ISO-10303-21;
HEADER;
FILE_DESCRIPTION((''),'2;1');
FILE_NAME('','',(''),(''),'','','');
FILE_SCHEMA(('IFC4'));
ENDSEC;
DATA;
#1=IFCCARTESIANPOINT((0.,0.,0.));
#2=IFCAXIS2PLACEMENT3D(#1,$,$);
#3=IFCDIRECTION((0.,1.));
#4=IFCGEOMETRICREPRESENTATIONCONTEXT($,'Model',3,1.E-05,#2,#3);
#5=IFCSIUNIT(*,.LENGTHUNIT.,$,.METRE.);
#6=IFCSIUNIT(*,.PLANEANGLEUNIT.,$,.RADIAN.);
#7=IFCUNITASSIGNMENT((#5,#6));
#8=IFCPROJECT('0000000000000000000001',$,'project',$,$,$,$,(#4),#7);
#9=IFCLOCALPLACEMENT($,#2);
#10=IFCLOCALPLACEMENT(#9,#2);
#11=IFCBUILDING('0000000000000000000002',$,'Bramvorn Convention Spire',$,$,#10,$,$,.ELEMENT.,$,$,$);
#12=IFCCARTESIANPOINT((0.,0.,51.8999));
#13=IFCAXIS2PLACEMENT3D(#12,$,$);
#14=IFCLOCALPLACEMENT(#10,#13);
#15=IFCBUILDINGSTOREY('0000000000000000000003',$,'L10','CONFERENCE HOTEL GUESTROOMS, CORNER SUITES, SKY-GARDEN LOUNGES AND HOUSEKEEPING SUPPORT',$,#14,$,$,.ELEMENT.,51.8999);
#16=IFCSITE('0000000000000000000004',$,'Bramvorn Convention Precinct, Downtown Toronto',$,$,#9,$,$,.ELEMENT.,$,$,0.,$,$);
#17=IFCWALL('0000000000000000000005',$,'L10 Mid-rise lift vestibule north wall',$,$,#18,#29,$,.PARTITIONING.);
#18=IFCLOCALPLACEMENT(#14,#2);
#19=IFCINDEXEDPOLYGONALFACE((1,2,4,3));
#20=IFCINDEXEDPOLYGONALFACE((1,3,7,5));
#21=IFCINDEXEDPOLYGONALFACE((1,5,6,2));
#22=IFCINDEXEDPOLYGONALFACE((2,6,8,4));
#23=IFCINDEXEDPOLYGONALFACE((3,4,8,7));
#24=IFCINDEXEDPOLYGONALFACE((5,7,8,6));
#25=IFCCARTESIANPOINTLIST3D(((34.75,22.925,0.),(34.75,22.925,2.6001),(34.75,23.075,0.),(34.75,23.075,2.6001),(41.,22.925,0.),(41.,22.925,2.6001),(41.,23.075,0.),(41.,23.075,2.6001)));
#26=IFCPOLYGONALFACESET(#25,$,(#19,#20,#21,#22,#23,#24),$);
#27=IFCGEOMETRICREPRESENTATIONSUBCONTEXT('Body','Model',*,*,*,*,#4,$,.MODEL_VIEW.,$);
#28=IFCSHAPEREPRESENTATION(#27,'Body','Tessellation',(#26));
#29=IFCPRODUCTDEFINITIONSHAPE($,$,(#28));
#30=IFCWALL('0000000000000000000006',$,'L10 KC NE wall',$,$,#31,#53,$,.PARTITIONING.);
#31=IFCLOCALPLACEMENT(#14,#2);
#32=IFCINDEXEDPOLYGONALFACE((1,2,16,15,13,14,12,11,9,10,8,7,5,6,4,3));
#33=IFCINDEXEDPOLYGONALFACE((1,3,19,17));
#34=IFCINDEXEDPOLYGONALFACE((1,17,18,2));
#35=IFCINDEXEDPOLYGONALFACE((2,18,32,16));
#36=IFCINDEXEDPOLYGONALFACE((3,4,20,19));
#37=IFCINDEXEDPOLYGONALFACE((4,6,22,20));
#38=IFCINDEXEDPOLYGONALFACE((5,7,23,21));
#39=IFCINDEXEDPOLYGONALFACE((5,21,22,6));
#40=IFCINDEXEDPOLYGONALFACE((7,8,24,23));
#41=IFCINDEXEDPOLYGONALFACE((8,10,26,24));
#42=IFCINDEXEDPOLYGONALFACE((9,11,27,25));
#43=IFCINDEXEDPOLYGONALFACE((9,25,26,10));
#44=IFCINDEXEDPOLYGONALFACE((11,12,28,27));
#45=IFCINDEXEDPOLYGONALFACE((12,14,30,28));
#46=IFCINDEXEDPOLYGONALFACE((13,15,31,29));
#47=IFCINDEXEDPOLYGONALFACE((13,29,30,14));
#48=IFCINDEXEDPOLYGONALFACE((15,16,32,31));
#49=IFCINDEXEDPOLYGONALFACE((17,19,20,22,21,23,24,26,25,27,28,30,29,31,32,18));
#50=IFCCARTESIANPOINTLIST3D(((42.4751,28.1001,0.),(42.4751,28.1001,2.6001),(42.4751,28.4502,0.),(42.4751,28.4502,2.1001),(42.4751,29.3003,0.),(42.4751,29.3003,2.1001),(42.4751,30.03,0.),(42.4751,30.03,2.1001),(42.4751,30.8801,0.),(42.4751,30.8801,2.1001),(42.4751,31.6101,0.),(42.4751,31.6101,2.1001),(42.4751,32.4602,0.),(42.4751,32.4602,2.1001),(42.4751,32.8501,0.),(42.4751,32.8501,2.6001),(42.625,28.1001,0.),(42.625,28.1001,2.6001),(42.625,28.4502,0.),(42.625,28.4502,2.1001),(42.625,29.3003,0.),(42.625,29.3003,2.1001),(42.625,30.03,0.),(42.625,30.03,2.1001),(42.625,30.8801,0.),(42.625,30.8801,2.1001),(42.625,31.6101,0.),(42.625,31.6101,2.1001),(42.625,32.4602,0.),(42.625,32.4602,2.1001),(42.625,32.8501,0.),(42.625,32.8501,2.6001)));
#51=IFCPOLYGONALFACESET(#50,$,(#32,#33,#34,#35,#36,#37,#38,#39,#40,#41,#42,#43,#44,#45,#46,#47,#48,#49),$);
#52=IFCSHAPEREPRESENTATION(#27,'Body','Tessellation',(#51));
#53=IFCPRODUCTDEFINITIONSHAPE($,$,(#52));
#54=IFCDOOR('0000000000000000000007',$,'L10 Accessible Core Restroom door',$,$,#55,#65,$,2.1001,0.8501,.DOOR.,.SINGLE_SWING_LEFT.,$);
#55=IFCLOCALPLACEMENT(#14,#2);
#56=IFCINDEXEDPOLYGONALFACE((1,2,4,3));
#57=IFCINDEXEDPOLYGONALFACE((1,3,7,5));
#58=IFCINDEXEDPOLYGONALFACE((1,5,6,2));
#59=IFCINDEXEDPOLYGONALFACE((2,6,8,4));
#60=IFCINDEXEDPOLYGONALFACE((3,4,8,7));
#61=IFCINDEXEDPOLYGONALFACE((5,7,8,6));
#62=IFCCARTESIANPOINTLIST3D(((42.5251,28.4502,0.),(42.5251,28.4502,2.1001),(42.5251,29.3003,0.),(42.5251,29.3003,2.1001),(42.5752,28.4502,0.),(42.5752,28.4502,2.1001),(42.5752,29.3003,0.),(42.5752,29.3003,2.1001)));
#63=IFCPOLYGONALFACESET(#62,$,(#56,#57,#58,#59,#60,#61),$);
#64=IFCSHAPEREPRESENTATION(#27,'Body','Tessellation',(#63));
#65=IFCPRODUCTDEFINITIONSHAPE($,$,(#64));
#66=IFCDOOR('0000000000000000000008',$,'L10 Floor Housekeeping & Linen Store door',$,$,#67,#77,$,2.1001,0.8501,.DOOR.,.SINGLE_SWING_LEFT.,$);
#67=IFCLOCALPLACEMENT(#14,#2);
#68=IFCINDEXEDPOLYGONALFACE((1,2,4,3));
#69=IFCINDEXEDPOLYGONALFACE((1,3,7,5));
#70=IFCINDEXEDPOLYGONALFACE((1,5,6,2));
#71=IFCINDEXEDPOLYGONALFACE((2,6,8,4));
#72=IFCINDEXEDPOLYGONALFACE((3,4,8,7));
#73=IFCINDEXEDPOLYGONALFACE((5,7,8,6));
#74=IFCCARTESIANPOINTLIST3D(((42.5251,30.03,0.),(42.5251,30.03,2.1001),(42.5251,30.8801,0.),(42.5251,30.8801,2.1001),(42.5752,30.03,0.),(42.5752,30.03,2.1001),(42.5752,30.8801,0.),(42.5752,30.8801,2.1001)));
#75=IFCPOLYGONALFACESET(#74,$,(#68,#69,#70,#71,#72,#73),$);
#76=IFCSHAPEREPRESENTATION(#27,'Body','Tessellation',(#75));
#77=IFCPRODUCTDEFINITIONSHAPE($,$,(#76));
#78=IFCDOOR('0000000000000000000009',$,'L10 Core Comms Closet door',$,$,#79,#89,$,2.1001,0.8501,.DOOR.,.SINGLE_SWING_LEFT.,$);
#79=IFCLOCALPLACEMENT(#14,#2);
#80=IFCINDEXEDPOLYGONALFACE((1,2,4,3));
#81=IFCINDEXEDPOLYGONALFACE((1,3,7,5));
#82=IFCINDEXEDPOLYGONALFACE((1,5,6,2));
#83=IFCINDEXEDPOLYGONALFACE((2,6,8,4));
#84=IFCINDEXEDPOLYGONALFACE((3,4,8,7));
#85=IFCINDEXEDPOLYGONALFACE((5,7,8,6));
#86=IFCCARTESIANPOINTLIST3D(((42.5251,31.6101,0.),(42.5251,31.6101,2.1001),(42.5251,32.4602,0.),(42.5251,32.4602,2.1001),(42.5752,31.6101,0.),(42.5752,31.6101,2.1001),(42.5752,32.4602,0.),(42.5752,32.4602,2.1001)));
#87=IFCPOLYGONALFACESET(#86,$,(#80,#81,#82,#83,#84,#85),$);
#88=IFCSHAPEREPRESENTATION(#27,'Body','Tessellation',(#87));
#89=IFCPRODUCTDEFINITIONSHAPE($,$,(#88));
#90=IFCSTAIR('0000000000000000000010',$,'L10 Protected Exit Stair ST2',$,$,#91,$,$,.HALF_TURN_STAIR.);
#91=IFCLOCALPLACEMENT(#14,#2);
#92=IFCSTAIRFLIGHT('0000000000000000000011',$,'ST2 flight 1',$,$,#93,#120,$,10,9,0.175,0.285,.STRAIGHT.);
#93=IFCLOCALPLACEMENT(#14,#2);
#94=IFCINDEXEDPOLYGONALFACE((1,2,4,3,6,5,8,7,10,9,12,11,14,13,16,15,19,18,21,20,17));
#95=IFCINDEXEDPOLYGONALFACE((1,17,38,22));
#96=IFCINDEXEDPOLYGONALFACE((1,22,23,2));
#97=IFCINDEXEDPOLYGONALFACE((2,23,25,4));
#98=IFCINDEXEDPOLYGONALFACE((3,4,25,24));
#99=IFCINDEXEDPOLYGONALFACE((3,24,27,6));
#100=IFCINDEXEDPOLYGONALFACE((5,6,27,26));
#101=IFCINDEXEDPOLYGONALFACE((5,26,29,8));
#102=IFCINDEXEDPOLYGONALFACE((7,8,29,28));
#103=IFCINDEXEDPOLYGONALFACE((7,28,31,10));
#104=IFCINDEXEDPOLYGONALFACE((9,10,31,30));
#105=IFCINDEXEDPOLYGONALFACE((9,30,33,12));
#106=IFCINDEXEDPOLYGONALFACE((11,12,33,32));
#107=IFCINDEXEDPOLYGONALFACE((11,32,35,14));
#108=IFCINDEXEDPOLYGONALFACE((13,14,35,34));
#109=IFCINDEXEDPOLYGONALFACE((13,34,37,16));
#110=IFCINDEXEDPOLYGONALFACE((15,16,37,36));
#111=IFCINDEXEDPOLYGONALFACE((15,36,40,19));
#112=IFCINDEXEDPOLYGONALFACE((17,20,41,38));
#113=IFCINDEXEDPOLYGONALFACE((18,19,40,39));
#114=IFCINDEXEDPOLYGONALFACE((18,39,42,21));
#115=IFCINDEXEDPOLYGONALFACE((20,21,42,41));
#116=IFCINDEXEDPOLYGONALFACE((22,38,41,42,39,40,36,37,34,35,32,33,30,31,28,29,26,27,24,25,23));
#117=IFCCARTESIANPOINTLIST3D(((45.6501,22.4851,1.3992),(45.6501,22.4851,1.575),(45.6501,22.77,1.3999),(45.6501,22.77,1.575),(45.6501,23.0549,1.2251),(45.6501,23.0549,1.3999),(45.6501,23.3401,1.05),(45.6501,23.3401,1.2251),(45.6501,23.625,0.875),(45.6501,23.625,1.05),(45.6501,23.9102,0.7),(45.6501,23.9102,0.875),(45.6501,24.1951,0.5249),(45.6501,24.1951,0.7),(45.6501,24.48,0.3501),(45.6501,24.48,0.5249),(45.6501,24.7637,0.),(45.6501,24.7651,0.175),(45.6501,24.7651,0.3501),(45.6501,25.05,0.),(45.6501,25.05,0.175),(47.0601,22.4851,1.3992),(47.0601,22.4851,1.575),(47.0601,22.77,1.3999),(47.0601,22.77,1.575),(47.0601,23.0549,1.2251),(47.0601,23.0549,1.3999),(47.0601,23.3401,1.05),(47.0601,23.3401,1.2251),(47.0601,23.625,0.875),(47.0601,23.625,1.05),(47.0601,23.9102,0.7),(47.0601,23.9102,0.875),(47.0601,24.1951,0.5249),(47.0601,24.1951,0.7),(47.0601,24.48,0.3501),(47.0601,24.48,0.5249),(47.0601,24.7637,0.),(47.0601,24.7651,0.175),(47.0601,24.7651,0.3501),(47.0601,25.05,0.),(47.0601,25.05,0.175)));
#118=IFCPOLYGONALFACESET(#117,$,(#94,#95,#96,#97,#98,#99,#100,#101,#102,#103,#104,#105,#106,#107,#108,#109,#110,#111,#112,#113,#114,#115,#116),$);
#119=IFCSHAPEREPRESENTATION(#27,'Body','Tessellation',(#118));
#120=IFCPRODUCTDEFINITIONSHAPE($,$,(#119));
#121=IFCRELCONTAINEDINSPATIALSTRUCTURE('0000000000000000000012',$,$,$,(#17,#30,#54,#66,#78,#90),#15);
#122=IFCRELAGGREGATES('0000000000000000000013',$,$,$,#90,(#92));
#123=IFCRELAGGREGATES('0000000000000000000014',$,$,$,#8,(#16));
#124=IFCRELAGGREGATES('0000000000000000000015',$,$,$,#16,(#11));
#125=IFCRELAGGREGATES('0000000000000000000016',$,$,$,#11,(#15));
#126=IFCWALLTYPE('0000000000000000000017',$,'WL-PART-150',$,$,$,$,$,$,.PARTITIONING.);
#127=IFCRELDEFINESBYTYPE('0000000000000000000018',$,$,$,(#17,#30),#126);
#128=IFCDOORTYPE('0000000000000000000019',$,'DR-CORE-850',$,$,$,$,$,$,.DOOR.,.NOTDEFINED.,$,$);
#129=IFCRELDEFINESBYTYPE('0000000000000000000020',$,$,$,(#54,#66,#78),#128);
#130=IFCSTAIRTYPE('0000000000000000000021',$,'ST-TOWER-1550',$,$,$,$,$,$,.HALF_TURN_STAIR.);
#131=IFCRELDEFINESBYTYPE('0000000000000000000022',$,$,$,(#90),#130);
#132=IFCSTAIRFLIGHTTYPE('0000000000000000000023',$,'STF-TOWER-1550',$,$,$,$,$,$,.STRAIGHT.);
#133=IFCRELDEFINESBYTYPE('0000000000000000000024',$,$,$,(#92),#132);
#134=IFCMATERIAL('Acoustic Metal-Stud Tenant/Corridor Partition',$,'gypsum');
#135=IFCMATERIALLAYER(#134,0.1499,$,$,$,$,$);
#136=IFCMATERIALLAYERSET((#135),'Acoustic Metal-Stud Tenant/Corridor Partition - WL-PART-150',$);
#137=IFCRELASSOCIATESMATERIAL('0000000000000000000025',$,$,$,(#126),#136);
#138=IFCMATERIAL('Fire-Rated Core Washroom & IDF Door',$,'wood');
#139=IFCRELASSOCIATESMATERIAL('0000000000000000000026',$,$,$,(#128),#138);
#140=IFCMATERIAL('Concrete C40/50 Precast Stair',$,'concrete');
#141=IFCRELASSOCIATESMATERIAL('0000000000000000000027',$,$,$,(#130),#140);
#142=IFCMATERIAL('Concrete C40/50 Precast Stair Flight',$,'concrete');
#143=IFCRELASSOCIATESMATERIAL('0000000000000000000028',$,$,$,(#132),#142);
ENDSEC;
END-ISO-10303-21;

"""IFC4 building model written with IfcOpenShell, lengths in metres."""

from ifc_helpers import new_model, si_unit, direction, frame, frame_2d, origin, place, context, subcontext, project, spatial, polyline, rectangle, outline, extrude, material, layer, layer_set, type_object, element, fill, aggregate, save


model = new_model("IFC4")

# Units and contexts
model_context = context("Model", 3, precision=1e-05, world=origin(), true_north=direction((0.0, 1.0)))
body_context = subcontext(model_context, "Body", "Model", "MODEL_VIEW")
ifc_project = project(units=[si_unit("LENGTHUNIT", "METRE"), si_unit("PLANEANGLEUNIT", "RADIAN")], contexts=[model_context])

# Site, building, storey
site_placement = place(None, origin())
site = spatial("IfcSite", under=ifc_project, at=site_placement, Name="Bramvorn Convention Precinct, Downtown Toronto", CompositionType="ELEMENT", RefElevation=0.0)
building_placement = place(site_placement, origin())
building = spatial("IfcBuilding", under=site, at=building_placement, Name="Bramvorn Convention Spire", CompositionType="ELEMENT")
storey_placement = place(building_placement, frame((0.0, 0.0, 51.8999)))
storey = spatial("IfcBuildingStorey", under=building, at=storey_placement, Name="L10", Description="CONFERENCE HOTEL GUESTROOMS, CORNER SUITES, SKY-GARDEN LOUNGES AND HOUSEKEEPING SUPPORT", CompositionType="ELEMENT", Elevation=51.8999)

# Wall
ifc_material_1 = material(Name="Acoustic Metal-Stud Tenant/Corridor Partition", Category="gypsum")
ifc_layer_1 = layer(ifc_material_1, 0.1499)
ifc_layer_set_1 = layer_set([ifc_layer_1], Name="Acoustic Metal-Stud Tenant/Corridor Partition - WL-PART-150")
wall_type_1 = type_object("IfcWallType", Name="WL-PART-150", PredefinedType="PARTITIONING", material=ifc_layer_set_1)
for number, where, z_axis, x_axis, name in (
    (1, (34.75, 23.0, 0.0), (0.0, 0.0, 1.0), (1.0, 0.0, 0.0), "L10 Mid-rise lift vestibule north wall"),
):
    element("IfcWall", number, at=place(storey_placement, frame(where, z_axis=z_axis, x_axis=x_axis)), inside=storey, type_object=wall_type_1, Name=name, PredefinedType="PARTITIONING", context=body_context, shape_type="SweptSolid", body=[
        extrude(rectangle(XDim=6.25, YDim=0.1499, at=frame_2d((3.125, 0.0))), origin(), (0.0, 0.0, 1.0), 2.6001),
    ])

# Wall, openings, doors
wall_1_placement = place(storey_placement, frame((42.55, 28.1001, 0.0), z_axis=(0.0, 0.0, 1.0), x_axis=(0.0, 1.0, 0.0)))
wall_1 = element("IfcWall", 2, at=wall_1_placement, inside=storey, type_object=wall_type_1, Name="L10 KC NE wall", PredefinedType="PARTITIONING", context=body_context, shape_type="SweptSolid", body=[
    extrude(rectangle(XDim=4.75, YDim=0.1499, at=frame_2d((2.375, 0.0))), origin(), (0.0, 0.0, 1.0), 2.6001),
])
opening_1_placement = place(wall_1_placement, frame((0.3501, 0.0, 0.0)))
opening_1 = element("IfcOpeningElement", 3, at=opening_1_placement, cuts=wall_1, PredefinedType="OPENING", context=body_context, shape_type="SweptSolid", body=[
    extrude(rectangle(XDim=0.8501, YDim=2.1001, at=frame_2d((0.425, 1.05))), frame((0.0, 0.085, 0.0), z_axis=(0.0, -1.0, 0.0), x_axis=(1.0, 0.0, 0.0)), (0.0, 0.0, 1.0), 0.1699),
])
opening_2_placement = place(wall_1_placement, frame((1.9299, 0.0, 0.0)))
opening_2 = element("IfcOpeningElement", 4, at=opening_2_placement, cuts=wall_1, PredefinedType="OPENING", context=body_context, shape_type="SweptSolid", body=[
    extrude(rectangle(XDim=0.8501, YDim=2.1001, at=frame_2d((0.425, 1.05))), frame((0.0, 0.085, 0.0), z_axis=(0.0, -1.0, 0.0), x_axis=(1.0, 0.0, 0.0)), (0.0, 0.0, 1.0), 0.1699),
])
opening_3_placement = place(wall_1_placement, frame((3.51, 0.0, 0.0)))
opening_3 = element("IfcOpeningElement", 5, at=opening_3_placement, cuts=wall_1, PredefinedType="OPENING", context=body_context, shape_type="SweptSolid", body=[
    extrude(rectangle(XDim=0.8501, YDim=2.1001, at=frame_2d((0.425, 1.05))), frame((0.0, 0.085, 0.0), z_axis=(0.0, -1.0, 0.0), x_axis=(1.0, 0.0, 0.0)), (0.0, 0.0, 1.0), 0.1699),
])
ifc_material_2 = material(Name="Fire-Rated Core Washroom & IDF Door", Category="wood")
door_type_1 = type_object("IfcDoorType", Name="DR-CORE-850", OperationType="NOTDEFINED", PredefinedType="DOOR", material=ifc_material_2)
door_1_placement = place(opening_1_placement, origin())
door_1 = element("IfcDoor", 6, at=door_1_placement, inside=storey, type_object=door_type_1, Name="L10 Accessible Core Restroom door", OperationType="SINGLE_SWING_LEFT", OverallHeight=2.1001, OverallWidth=0.8501, PredefinedType="DOOR", context=body_context, shape_type="SweptSolid", body=[
    extrude(rectangle(XDim=0.8501, YDim=2.1001, at=frame_2d((0.425, 1.05))), frame((0.0, 0.0249, 0.0), z_axis=(0.0, -1.0, 0.0), x_axis=(1.0, 0.0, 0.0)), (0.0, 0.0, 1.0), 0.05),
])
fill(opening_1, door_1)
door_2_placement = place(opening_2_placement, origin())
door_2 = element("IfcDoor", 7, at=door_2_placement, inside=storey, type_object=door_type_1, Name="L10 Floor Housekeeping & Linen Store door", OperationType="SINGLE_SWING_LEFT", OverallHeight=2.1001, OverallWidth=0.8501, PredefinedType="DOOR", context=body_context, shape_type="SweptSolid", body=[
    extrude(rectangle(XDim=0.8501, YDim=2.1001, at=frame_2d((0.425, 1.05))), frame((0.0, 0.0249, 0.0), z_axis=(0.0, -1.0, 0.0), x_axis=(1.0, 0.0, 0.0)), (0.0, 0.0, 1.0), 0.05),
])
fill(opening_2, door_2)
door_3_placement = place(opening_3_placement, origin())
door_3 = element("IfcDoor", 8, at=door_3_placement, inside=storey, type_object=door_type_1, Name="L10 Core Comms Closet door", OperationType="SINGLE_SWING_LEFT", OverallHeight=2.1001, OverallWidth=0.8501, PredefinedType="DOOR", context=body_context, shape_type="SweptSolid", body=[
    extrude(rectangle(XDim=0.8501, YDim=2.1001, at=frame_2d((0.425, 1.05))), frame((0.0, 0.0249, 0.0), z_axis=(0.0, -1.0, 0.0), x_axis=(1.0, 0.0, 0.0)), (0.0, 0.0, 1.0), 0.05),
])
fill(opening_3, door_3)

# Stair, stair flight
ifc_material_3 = material(Name="Concrete C40/50 Precast Stair", Category="concrete")
stair_type = type_object("IfcStairType", Name="ST-TOWER-1550", PredefinedType="HALF_TURN_STAIR", material=ifc_material_3)
stair_placement = place(storey_placement, origin())
stair = element("IfcStair", 9, at=stair_placement, inside=storey, type_object=stair_type, Name="L10 Protected Exit Stair ST2", PredefinedType="HALF_TURN_STAIR")
ifc_material_4 = material(Name="Concrete C40/50 Precast Stair Flight", Category="concrete")
stair_flight_type = type_object("IfcStairFlightType", Name="STF-TOWER-1550", PredefinedType="STRAIGHT", material=ifc_material_4)
stair_flight_placement = place(storey_placement, frame((46.355, 25.05, 0.0), z_axis=(0.0, 0.0, 1.0), x_axis=(0.0, -1.0, 0.0)))
stair_flight = element("IfcStairFlight", 10, at=stair_flight_placement, type_object=stair_flight_type, Name="ST2 flight 1", NumberOfRisers=10, NumberOfTreads=9, PredefinedType="STRAIGHT", RiserHeight=0.175, TreadLength=0.285, context=body_context, shape_type="SweptSolid", body=[
    extrude(outline(polyline([(0.0, 0.0), (0.0, 0.175), (0.2849, 0.175), (0.2849, 0.3501), (0.5701, 0.3501), (0.5701, 0.5249), (0.855, 0.5249), (0.855, 0.7), (1.1399, 0.7), (1.1399, 0.875), (1.425, 0.875), (1.425, 1.05), (1.71, 1.05), (1.71, 1.2251), (1.9951, 1.2251), (1.9951, 1.3999), (2.28, 1.3999), (2.28, 1.575), (2.5649, 1.575), (2.5649, 1.75), (2.5649, 1.3992), (0.2864, 0.0), (0.0, 0.0)])), frame((0.0, 0.7051, 0.0), z_axis=(0.0, -1.0, 0.0), x_axis=(1.0, 0.0, 0.0)), (0.0, 0.0, 1.0), 1.4099),
])
aggregate(stair, [stair_flight])

save(model, "model.ifc")
